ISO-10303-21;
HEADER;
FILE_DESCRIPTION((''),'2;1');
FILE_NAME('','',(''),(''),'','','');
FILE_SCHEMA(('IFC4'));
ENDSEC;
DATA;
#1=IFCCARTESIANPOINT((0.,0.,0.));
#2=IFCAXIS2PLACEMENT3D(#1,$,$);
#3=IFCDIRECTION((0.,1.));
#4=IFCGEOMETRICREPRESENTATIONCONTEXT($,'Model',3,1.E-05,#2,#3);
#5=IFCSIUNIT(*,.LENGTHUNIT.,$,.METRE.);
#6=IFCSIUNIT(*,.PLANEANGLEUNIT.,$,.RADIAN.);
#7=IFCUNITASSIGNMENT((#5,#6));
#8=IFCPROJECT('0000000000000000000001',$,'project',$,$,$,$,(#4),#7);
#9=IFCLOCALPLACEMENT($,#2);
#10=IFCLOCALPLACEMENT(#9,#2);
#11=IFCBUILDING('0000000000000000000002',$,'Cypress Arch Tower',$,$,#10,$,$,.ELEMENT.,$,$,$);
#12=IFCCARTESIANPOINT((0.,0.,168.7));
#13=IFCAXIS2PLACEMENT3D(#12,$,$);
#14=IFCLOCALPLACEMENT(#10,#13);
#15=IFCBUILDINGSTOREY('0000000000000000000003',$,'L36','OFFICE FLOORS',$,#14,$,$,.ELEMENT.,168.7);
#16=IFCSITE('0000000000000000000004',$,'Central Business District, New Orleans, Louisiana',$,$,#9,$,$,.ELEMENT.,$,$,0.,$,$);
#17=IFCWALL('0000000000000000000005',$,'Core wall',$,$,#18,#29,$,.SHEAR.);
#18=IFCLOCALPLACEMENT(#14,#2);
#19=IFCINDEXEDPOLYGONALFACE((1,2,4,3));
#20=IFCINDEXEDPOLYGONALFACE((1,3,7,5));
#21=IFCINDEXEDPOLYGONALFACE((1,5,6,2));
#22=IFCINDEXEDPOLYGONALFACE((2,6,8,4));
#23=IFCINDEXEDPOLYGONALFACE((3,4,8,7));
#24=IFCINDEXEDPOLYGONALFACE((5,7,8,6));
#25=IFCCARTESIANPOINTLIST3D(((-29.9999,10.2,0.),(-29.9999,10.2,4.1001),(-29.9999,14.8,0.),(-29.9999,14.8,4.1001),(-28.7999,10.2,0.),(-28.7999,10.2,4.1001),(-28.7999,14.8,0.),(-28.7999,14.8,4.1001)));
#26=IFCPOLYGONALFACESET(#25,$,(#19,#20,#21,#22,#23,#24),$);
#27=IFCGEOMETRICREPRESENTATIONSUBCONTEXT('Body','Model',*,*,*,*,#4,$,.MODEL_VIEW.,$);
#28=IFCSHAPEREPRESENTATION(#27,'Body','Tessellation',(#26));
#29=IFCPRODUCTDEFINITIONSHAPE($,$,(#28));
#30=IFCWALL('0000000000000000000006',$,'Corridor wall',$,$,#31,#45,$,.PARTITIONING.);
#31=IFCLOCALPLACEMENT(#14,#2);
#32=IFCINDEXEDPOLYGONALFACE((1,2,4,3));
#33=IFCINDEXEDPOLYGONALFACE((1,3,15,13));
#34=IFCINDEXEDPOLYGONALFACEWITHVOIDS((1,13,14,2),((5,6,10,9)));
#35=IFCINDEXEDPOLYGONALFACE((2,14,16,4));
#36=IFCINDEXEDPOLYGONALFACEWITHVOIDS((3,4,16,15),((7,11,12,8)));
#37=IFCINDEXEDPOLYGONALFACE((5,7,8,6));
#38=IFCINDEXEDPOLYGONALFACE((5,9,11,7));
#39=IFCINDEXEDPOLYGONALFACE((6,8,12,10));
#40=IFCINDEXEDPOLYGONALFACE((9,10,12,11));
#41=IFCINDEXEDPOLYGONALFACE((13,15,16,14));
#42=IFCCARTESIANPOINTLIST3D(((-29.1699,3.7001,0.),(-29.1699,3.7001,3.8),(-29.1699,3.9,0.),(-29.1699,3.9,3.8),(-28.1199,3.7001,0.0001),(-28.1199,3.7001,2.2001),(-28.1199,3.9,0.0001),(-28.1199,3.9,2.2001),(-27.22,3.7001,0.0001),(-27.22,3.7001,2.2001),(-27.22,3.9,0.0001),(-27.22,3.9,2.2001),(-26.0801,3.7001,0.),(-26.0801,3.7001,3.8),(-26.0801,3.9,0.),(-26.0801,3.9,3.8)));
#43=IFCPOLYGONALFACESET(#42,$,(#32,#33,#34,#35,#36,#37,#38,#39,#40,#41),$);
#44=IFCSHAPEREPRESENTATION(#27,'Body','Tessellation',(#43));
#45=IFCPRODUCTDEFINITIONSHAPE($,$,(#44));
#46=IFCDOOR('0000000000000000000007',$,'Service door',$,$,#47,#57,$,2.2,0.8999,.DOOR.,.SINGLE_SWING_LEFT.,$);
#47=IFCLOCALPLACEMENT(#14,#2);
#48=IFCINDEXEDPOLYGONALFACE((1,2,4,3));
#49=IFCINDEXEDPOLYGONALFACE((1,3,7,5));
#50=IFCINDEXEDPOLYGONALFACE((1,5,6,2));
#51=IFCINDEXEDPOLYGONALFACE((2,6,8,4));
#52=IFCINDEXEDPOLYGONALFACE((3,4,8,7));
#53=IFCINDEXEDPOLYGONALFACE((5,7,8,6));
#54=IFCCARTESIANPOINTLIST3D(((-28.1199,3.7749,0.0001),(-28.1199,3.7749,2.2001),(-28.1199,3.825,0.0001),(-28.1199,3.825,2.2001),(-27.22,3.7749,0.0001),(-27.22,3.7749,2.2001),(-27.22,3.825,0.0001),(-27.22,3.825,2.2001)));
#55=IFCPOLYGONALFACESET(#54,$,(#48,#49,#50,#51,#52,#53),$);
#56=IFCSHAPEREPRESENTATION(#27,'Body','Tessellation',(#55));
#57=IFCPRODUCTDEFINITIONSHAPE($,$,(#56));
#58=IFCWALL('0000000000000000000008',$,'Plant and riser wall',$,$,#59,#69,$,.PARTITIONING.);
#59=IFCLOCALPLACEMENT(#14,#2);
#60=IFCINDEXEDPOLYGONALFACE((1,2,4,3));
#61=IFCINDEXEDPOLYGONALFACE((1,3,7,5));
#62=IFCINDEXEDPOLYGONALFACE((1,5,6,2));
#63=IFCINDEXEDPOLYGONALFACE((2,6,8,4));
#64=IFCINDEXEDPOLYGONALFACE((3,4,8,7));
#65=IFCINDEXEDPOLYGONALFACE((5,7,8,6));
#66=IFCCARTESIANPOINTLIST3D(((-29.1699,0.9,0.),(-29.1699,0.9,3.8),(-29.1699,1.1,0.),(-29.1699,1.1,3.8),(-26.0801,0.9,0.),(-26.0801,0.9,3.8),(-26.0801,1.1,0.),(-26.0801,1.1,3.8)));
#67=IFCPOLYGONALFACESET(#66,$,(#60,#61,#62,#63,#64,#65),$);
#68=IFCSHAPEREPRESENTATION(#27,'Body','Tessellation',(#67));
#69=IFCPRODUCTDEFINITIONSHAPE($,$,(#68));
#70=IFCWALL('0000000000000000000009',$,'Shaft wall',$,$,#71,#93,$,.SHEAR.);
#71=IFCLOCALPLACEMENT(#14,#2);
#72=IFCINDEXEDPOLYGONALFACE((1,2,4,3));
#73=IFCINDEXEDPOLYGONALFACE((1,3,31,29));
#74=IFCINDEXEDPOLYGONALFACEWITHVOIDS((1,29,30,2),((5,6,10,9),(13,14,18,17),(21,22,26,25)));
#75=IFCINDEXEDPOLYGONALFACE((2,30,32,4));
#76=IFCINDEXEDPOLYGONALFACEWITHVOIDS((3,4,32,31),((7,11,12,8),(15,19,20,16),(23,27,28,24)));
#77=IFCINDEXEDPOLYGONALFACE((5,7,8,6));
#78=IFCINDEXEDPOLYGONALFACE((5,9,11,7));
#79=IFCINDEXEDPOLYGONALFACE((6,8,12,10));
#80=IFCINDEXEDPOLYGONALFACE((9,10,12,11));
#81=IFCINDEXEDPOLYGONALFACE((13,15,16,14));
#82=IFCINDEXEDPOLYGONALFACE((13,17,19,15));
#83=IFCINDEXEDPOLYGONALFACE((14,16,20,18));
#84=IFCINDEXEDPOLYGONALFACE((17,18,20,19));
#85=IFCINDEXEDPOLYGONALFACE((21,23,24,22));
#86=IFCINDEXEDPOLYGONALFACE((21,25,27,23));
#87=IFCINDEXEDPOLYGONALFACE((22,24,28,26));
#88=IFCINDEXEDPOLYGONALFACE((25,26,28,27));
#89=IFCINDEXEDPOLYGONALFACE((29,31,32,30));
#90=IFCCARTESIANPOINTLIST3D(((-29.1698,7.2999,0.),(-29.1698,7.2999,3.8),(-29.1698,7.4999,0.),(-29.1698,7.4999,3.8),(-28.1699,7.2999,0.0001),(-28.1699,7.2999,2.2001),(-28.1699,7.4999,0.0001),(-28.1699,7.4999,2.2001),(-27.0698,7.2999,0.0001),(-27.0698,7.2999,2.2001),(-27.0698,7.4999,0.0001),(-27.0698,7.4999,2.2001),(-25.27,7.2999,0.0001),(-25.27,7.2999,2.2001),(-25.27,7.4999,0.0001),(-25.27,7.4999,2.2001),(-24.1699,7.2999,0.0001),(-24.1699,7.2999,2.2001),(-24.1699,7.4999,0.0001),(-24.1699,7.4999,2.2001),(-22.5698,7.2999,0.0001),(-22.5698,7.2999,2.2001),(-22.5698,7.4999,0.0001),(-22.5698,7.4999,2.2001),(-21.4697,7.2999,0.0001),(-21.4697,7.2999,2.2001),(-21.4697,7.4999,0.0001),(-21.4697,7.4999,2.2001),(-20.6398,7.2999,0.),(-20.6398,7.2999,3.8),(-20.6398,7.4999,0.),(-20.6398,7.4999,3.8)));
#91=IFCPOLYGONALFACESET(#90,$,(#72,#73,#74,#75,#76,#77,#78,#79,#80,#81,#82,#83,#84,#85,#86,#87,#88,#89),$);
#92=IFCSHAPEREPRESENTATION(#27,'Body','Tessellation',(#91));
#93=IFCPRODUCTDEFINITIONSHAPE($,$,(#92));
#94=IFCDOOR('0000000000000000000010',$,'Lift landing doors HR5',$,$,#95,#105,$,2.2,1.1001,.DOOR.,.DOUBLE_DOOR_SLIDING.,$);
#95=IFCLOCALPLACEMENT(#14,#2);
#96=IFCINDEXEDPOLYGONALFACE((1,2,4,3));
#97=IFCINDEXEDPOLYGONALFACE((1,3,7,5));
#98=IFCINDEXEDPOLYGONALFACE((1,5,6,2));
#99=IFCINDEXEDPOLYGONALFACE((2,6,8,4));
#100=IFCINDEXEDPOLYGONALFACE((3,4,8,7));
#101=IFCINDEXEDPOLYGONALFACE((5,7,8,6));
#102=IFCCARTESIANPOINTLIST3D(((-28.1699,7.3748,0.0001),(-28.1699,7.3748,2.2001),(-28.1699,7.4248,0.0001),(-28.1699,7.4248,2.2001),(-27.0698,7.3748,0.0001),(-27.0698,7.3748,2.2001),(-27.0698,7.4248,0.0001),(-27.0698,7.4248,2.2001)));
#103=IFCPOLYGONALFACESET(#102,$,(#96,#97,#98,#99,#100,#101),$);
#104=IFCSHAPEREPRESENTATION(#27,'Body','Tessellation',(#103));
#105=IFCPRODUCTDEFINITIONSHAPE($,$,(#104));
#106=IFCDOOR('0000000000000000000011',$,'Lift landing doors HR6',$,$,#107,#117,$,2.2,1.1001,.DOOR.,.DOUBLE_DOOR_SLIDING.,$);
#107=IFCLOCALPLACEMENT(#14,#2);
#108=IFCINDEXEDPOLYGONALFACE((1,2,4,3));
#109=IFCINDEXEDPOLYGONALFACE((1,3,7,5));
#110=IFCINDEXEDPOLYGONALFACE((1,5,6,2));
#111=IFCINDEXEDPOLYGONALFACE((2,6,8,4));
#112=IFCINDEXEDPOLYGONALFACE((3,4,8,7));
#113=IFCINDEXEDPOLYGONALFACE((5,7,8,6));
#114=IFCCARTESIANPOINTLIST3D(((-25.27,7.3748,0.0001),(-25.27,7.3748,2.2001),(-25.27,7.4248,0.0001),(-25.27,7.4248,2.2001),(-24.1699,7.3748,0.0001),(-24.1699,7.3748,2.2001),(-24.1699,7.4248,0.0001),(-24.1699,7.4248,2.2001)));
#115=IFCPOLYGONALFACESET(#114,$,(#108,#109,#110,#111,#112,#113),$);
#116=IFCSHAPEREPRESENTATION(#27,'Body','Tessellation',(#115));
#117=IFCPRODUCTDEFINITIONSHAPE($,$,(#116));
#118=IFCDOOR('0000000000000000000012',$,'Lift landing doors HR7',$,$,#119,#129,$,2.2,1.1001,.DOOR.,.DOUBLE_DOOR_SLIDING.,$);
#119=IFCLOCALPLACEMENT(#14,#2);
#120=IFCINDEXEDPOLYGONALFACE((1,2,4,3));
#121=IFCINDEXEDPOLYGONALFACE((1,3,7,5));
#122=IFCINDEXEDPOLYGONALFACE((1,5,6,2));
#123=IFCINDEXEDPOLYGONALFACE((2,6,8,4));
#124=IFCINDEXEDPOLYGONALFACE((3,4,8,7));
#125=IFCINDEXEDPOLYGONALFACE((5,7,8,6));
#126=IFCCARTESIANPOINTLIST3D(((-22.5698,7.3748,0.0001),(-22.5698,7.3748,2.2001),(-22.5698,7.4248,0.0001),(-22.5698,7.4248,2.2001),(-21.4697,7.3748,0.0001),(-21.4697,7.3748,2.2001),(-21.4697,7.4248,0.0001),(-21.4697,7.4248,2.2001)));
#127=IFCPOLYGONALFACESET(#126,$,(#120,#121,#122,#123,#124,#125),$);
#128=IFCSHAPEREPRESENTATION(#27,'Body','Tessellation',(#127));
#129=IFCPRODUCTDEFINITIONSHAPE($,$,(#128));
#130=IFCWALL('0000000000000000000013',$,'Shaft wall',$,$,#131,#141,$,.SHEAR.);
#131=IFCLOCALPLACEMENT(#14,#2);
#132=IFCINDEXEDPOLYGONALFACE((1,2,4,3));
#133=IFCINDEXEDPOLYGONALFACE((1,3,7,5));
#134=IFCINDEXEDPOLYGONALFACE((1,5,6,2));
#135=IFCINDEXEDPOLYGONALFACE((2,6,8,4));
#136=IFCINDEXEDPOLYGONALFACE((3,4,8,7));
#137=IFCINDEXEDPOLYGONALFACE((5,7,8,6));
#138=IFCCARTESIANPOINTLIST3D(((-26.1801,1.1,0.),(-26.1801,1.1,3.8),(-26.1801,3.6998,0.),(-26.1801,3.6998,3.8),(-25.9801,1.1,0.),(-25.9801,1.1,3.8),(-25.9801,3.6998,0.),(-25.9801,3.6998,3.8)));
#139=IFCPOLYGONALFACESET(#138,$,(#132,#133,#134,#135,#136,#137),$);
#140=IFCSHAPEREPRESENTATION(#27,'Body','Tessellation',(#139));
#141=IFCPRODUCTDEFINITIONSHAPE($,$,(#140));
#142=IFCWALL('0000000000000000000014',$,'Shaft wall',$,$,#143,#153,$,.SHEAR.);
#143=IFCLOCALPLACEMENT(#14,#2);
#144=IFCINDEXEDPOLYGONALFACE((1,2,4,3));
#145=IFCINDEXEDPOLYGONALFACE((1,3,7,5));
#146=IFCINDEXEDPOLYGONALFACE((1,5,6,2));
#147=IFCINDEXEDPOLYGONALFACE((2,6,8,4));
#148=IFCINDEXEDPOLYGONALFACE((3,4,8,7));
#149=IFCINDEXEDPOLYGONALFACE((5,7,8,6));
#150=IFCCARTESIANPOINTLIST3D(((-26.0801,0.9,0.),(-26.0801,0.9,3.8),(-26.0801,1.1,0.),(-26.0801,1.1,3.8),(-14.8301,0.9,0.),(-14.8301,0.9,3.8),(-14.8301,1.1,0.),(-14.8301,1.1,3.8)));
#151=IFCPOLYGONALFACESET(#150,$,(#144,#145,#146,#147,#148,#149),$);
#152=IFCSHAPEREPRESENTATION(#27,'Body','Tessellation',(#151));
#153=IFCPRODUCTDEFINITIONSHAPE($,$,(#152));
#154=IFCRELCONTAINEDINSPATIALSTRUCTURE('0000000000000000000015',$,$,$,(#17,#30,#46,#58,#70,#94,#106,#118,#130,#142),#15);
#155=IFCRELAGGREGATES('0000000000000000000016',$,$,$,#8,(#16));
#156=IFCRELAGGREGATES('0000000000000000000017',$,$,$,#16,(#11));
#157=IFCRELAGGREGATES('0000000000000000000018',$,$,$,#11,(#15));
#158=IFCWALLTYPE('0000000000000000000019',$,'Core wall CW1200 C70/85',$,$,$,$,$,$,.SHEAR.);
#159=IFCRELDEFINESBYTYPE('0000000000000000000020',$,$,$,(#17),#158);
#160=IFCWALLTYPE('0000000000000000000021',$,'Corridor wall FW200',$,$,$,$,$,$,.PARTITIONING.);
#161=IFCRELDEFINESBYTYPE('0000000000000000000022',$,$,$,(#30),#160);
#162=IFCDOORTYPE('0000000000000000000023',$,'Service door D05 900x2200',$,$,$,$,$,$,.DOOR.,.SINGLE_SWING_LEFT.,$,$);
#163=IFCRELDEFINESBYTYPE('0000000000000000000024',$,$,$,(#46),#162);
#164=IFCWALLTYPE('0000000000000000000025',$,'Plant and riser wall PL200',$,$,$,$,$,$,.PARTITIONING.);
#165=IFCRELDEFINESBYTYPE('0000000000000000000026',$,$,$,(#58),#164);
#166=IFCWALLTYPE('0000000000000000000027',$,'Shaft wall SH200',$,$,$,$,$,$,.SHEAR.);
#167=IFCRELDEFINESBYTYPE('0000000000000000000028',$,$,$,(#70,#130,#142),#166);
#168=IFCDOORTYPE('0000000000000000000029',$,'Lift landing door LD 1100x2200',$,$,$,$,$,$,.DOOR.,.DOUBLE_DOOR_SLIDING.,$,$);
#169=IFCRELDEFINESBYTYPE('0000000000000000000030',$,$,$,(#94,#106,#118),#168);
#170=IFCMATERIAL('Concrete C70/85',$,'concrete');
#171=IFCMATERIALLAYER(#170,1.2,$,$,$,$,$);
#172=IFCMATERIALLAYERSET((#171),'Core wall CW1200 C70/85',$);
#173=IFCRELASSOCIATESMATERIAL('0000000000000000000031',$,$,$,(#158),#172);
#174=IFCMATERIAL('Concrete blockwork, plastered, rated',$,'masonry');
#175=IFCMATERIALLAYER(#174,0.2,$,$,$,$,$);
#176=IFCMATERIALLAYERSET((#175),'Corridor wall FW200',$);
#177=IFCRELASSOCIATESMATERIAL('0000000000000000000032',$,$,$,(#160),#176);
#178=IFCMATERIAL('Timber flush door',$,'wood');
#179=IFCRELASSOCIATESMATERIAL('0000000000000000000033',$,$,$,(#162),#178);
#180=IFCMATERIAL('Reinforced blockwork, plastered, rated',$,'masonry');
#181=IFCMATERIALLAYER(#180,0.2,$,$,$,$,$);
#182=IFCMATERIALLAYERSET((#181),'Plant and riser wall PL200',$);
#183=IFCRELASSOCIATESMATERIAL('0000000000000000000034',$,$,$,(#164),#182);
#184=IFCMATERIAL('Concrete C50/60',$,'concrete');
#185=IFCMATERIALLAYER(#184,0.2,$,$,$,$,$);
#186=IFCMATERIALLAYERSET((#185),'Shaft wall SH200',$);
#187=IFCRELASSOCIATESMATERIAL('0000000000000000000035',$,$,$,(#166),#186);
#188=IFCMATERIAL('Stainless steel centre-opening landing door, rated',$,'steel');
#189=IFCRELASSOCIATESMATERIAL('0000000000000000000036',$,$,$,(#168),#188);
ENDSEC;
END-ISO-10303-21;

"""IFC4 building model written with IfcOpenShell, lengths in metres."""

from ifc_helpers import new_model, si_unit, direction, frame, frame_2d, origin, place, context, subcontext, project, spatial, rectangle, extrude, material, layer, layer_set, type_object, element, fill, save


model = new_model("IFC4")

# Units and contexts
model_context = context("Model", 3, precision=1e-05, world=origin(), true_north=direction((0.0, 1.0)))
body_context = subcontext(model_context, "Body", "Model", "MODEL_VIEW")
ifc_project = project(units=[si_unit("LENGTHUNIT", "METRE"), si_unit("PLANEANGLEUNIT", "RADIAN")], contexts=[model_context])

# Site, building, storey
site_placement = place(None, origin())
site = spatial("IfcSite", under=ifc_project, at=site_placement, Name="Central Business District, New Orleans, Louisiana", CompositionType="ELEMENT", RefElevation=0.0)
building_placement = place(site_placement, origin())
building = spatial("IfcBuilding", under=site, at=building_placement, Name="Cypress Arch Tower", CompositionType="ELEMENT")
storey_placement = place(building_placement, frame((0.0, 0.0, 168.7)))
storey = spatial("IfcBuildingStorey", under=building, at=storey_placement, Name="L36", Description="OFFICE FLOORS", CompositionType="ELEMENT", Elevation=168.7)

# Wall
ifc_material_1 = material(Name="Concrete C70/85", Category="concrete")
ifc_layer_1 = layer(ifc_material_1, 1.2)
ifc_layer_set_1 = layer_set([ifc_layer_1], Name="Core wall CW1200 C70/85")
wall_type_1 = type_object("IfcWallType", Name="Core wall CW1200 C70/85", PredefinedType="SHEAR", material=ifc_layer_set_1)
wall_1_placement = place(storey_placement, frame((-29.3999, 10.2, 0.0), z_axis=(0.0, 0.0, 1.0), x_axis=(0.0, 1.0, 0.0)))
element("IfcWall", 1, at=wall_1_placement, inside=storey, type_object=wall_type_1, Name="Core wall", PredefinedType="SHEAR", context=body_context, shape_type="SweptSolid", body=[
    extrude(rectangle(XDim=4.6001, YDim=1.2, at=frame_2d((2.3, 0.0))), origin(), (0.0, 0.0, 1.0), 4.1001),
])

# Wall, opening, door
ifc_material_2 = material(Name="Concrete blockwork, plastered, rated", Category="masonry")
ifc_layer_2 = layer(ifc_material_2, 0.2)
ifc_layer_set_2 = layer_set([ifc_layer_2], Name="Corridor wall FW200")
wall_type_2 = type_object("IfcWallType", Name="Corridor wall FW200", PredefinedType="PARTITIONING", material=ifc_layer_set_2)
wall_2_placement = place(storey_placement, frame((-29.1699, 3.8, 0.0), z_axis=(0.0, 0.0, 1.0), x_axis=(1.0, 0.0, 0.0)))
wall_2 = element("IfcWall", 2, at=wall_2_placement, inside=storey, type_object=wall_type_2, Name="Corridor wall", PredefinedType="PARTITIONING", context=body_context, shape_type="SweptSolid", body=[
    extrude(rectangle(XDim=3.0898, YDim=0.2, at=frame_2d((1.5449, 0.0))), origin(), (0.0, 0.0, 1.0), 3.8),
])
opening_1_placement = place(wall_2_placement, frame((1.05, 0.0, 0.0)))
opening_1 = element("IfcOpeningElement", 3, at=opening_1_placement, cuts=wall_2, PredefinedType="OPENING", context=body_context, shape_type="SweptSolid", body=[
    extrude(rectangle(XDim=0.8999, YDim=2.2, at=frame_2d((0.45, 1.1001))), frame((0.0, 0.1099, 0.0), z_axis=(0.0, -1.0, 0.0), x_axis=(1.0, 0.0, 0.0)), (0.0, 0.0, 1.0), 0.22),
])
ifc_material_3 = material(Name="Timber flush door", Category="wood")
door_type_1 = type_object("IfcDoorType", Name="Service door D05 900x2200", OperationType="SINGLE_SWING_LEFT", PredefinedType="DOOR", material=ifc_material_3)
door_1_placement = place(opening_1_placement, origin())
door_1 = element("IfcDoor", 4, at=door_1_placement, inside=storey, type_object=door_type_1, Name="Service door", OperationType="SINGLE_SWING_LEFT", OverallHeight=2.2, OverallWidth=0.8999, PredefinedType="DOOR", context=body_context, shape_type="SweptSolid", body=[
    extrude(rectangle(XDim=0.8999, YDim=2.2, at=frame_2d((0.45, 1.1001))), frame((0.0, 0.0249, 0.0), z_axis=(0.0, -1.0, 0.0), x_axis=(1.0, 0.0, 0.0)), (0.0, 0.0, 1.0), 0.05),
])
fill(opening_1, door_1)

# Wall
ifc_material_4 = material(Name="Reinforced blockwork, plastered, rated", Category="masonry")
ifc_layer_3 = layer(ifc_material_4, 0.2)
ifc_layer_set_3 = layer_set([ifc_layer_3], Name="Plant and riser wall PL200")
wall_type_3 = type_object("IfcWallType", Name="Plant and riser wall PL200", PredefinedType="PARTITIONING", material=ifc_layer_set_3)
wall_3_placement = place(storey_placement, frame((-29.1699, 1.0, 0.0), z_axis=(0.0, 0.0, 1.0), x_axis=(1.0, 0.0, 0.0)))
element("IfcWall", 5, at=wall_3_placement, inside=storey, type_object=wall_type_3, Name="Plant and riser wall", PredefinedType="PARTITIONING", context=body_context, shape_type="SweptSolid", body=[
    extrude(rectangle(XDim=3.0898, YDim=0.2, at=frame_2d((1.5449, 0.0))), origin(), (0.0, 0.0, 1.0), 3.8),
])

# Wall, openings, doors
ifc_material_5 = material(Name="Concrete C50/60", Category="concrete")
ifc_layer_4 = layer(ifc_material_5, 0.2)
ifc_layer_set_4 = layer_set([ifc_layer_4], Name="Shaft wall SH200")
wall_type_4 = type_object("IfcWallType", Name="Shaft wall SH200", PredefinedType="SHEAR", material=ifc_layer_set_4)
wall_4_placement = place(storey_placement, frame((-29.1699, 7.3999, 0.0), z_axis=(0.0, 0.0, 1.0), x_axis=(1.0, 0.0, 0.0)))
wall_4 = element("IfcWall", 6, at=wall_4_placement, inside=storey, type_object=wall_type_4, Name="Shaft wall", PredefinedType="SHEAR", context=body_context, shape_type="SweptSolid", body=[
    extrude(rectangle(XDim=8.53, YDim=0.2, at=frame_2d((4.2651, 0.0))), origin(), (0.0, 0.0, 1.0), 3.8),
])
opening_2_placement = place(wall_4_placement, frame((1.0, 0.0, 0.0)))
opening_2 = element("IfcOpeningElement", 7, at=opening_2_placement, cuts=wall_4, PredefinedType="OPENING", context=body_context, shape_type="SweptSolid", body=[
    extrude(rectangle(XDim=1.1001, YDim=2.2, at=frame_2d((0.55, 1.1001))), frame((0.0, 0.1099, 0.0), z_axis=(0.0, -1.0, 0.0), x_axis=(1.0, 0.0, 0.0)), (0.0, 0.0, 1.0), 0.22),
])
opening_3_placement = place(wall_4_placement, frame((3.8999, 0.0, 0.0)))
opening_3 = element("IfcOpeningElement", 8, at=opening_3_placement, cuts=wall_4, PredefinedType="OPENING", context=body_context, shape_type="SweptSolid", body=[
    extrude(rectangle(XDim=1.1001, YDim=2.2, at=frame_2d((0.55, 1.1001))), frame((0.0, 0.1099, 0.0), z_axis=(0.0, -1.0, 0.0), x_axis=(1.0, 0.0, 0.0)), (0.0, 0.0, 1.0), 0.22),
])
opening_4_placement = place(wall_4_placement, frame((6.6001, 0.0, 0.0)))
opening_4 = element("IfcOpeningElement", 9, at=opening_4_placement, cuts=wall_4, PredefinedType="OPENING", context=body_context, shape_type="SweptSolid", body=[
    extrude(rectangle(XDim=1.1001, YDim=2.2, at=frame_2d((0.55, 1.1001))), frame((0.0, 0.1099, 0.0), z_axis=(0.0, -1.0, 0.0), x_axis=(1.0, 0.0, 0.0)), (0.0, 0.0, 1.0), 0.22),
])
ifc_material_6 = material(Name="Stainless steel centre-opening landing door, rated", Category="steel")
door_type_2 = type_object("IfcDoorType", Name="Lift landing door LD 1100x2200", OperationType="DOUBLE_DOOR_SLIDING", PredefinedType="DOOR", material=ifc_material_6)
door_2_placement = place(opening_2_placement, origin())
door_2 = element("IfcDoor", 10, at=door_2_placement, inside=storey, type_object=door_type_2, Name="Lift landing doors HR5", OperationType="DOUBLE_DOOR_SLIDING", OverallHeight=2.2, OverallWidth=1.1001, PredefinedType="DOOR", context=body_context, shape_type="SweptSolid", body=[
    extrude(rectangle(XDim=1.1001, YDim=2.2, at=frame_2d((0.55, 1.1001))), frame((0.0, 0.0249, 0.0), z_axis=(0.0, -1.0, 0.0), x_axis=(1.0, 0.0, 0.0)), (0.0, 0.0, 1.0), 0.05),
])
fill(opening_2, door_2)
door_3_placement = place(opening_3_placement, origin())
door_3 = element("IfcDoor", 11, at=door_3_placement, inside=storey, type_object=door_type_2, Name="Lift landing doors HR6", OperationType="DOUBLE_DOOR_SLIDING", OverallHeight=2.2, OverallWidth=1.1001, PredefinedType="DOOR", context=body_context, shape_type="SweptSolid", body=[
    extrude(rectangle(XDim=1.1001, YDim=2.2, at=frame_2d((0.55, 1.1001))), frame((0.0, 0.0249, 0.0), z_axis=(0.0, -1.0, 0.0), x_axis=(1.0, 0.0, 0.0)), (0.0, 0.0, 1.0), 0.05),
])
fill(opening_3, door_3)
door_4_placement = place(opening_4_placement, origin())
door_4 = element("IfcDoor", 12, at=door_4_placement, inside=storey, type_object=door_type_2, Name="Lift landing doors HR7", OperationType="DOUBLE_DOOR_SLIDING", OverallHeight=2.2, OverallWidth=1.1001, PredefinedType="DOOR", context=body_context, shape_type="SweptSolid", body=[
    extrude(rectangle(XDim=1.1001, YDim=2.2, at=frame_2d((0.55, 1.1001))), frame((0.0, 0.0249, 0.0), z_axis=(0.0, -1.0, 0.0), x_axis=(1.0, 0.0, 0.0)), (0.0, 0.0, 1.0), 0.05),
])
fill(opening_4, door_4)

# Walls
wall_5_placement = place(storey_placement, frame((-26.0801, 1.1001, 0.0), z_axis=(0.0, 0.0, 1.0), x_axis=(0.0, 1.0, 0.0)))
element("IfcWall", 13, at=wall_5_placement, inside=storey, type_object=wall_type_4, Name="Shaft wall", PredefinedType="SHEAR", context=body_context, shape_type="SweptSolid", body=[
    extrude(rectangle(XDim=2.5999, YDim=0.2, at=frame_2d((1.2998, 0.0))), origin(), (0.0, 0.0, 1.0), 3.8),
])
wall_6_placement = place(storey_placement, frame((-26.0801, 1.0, 0.0), z_axis=(0.0, 0.0, 1.0), x_axis=(1.0, 0.0, 0.0)))
element("IfcWall", 14, at=wall_6_placement, inside=storey, type_object=wall_type_4, Name="Shaft wall", PredefinedType="SHEAR", context=body_context, shape_type="SweptSolid", body=[
    extrude(rectangle(XDim=11.25, YDim=0.2, at=frame_2d((5.625, 0.0))), origin(), (0.0, 0.0, 1.0), 3.8),
])

save(model, "model.ifc")
